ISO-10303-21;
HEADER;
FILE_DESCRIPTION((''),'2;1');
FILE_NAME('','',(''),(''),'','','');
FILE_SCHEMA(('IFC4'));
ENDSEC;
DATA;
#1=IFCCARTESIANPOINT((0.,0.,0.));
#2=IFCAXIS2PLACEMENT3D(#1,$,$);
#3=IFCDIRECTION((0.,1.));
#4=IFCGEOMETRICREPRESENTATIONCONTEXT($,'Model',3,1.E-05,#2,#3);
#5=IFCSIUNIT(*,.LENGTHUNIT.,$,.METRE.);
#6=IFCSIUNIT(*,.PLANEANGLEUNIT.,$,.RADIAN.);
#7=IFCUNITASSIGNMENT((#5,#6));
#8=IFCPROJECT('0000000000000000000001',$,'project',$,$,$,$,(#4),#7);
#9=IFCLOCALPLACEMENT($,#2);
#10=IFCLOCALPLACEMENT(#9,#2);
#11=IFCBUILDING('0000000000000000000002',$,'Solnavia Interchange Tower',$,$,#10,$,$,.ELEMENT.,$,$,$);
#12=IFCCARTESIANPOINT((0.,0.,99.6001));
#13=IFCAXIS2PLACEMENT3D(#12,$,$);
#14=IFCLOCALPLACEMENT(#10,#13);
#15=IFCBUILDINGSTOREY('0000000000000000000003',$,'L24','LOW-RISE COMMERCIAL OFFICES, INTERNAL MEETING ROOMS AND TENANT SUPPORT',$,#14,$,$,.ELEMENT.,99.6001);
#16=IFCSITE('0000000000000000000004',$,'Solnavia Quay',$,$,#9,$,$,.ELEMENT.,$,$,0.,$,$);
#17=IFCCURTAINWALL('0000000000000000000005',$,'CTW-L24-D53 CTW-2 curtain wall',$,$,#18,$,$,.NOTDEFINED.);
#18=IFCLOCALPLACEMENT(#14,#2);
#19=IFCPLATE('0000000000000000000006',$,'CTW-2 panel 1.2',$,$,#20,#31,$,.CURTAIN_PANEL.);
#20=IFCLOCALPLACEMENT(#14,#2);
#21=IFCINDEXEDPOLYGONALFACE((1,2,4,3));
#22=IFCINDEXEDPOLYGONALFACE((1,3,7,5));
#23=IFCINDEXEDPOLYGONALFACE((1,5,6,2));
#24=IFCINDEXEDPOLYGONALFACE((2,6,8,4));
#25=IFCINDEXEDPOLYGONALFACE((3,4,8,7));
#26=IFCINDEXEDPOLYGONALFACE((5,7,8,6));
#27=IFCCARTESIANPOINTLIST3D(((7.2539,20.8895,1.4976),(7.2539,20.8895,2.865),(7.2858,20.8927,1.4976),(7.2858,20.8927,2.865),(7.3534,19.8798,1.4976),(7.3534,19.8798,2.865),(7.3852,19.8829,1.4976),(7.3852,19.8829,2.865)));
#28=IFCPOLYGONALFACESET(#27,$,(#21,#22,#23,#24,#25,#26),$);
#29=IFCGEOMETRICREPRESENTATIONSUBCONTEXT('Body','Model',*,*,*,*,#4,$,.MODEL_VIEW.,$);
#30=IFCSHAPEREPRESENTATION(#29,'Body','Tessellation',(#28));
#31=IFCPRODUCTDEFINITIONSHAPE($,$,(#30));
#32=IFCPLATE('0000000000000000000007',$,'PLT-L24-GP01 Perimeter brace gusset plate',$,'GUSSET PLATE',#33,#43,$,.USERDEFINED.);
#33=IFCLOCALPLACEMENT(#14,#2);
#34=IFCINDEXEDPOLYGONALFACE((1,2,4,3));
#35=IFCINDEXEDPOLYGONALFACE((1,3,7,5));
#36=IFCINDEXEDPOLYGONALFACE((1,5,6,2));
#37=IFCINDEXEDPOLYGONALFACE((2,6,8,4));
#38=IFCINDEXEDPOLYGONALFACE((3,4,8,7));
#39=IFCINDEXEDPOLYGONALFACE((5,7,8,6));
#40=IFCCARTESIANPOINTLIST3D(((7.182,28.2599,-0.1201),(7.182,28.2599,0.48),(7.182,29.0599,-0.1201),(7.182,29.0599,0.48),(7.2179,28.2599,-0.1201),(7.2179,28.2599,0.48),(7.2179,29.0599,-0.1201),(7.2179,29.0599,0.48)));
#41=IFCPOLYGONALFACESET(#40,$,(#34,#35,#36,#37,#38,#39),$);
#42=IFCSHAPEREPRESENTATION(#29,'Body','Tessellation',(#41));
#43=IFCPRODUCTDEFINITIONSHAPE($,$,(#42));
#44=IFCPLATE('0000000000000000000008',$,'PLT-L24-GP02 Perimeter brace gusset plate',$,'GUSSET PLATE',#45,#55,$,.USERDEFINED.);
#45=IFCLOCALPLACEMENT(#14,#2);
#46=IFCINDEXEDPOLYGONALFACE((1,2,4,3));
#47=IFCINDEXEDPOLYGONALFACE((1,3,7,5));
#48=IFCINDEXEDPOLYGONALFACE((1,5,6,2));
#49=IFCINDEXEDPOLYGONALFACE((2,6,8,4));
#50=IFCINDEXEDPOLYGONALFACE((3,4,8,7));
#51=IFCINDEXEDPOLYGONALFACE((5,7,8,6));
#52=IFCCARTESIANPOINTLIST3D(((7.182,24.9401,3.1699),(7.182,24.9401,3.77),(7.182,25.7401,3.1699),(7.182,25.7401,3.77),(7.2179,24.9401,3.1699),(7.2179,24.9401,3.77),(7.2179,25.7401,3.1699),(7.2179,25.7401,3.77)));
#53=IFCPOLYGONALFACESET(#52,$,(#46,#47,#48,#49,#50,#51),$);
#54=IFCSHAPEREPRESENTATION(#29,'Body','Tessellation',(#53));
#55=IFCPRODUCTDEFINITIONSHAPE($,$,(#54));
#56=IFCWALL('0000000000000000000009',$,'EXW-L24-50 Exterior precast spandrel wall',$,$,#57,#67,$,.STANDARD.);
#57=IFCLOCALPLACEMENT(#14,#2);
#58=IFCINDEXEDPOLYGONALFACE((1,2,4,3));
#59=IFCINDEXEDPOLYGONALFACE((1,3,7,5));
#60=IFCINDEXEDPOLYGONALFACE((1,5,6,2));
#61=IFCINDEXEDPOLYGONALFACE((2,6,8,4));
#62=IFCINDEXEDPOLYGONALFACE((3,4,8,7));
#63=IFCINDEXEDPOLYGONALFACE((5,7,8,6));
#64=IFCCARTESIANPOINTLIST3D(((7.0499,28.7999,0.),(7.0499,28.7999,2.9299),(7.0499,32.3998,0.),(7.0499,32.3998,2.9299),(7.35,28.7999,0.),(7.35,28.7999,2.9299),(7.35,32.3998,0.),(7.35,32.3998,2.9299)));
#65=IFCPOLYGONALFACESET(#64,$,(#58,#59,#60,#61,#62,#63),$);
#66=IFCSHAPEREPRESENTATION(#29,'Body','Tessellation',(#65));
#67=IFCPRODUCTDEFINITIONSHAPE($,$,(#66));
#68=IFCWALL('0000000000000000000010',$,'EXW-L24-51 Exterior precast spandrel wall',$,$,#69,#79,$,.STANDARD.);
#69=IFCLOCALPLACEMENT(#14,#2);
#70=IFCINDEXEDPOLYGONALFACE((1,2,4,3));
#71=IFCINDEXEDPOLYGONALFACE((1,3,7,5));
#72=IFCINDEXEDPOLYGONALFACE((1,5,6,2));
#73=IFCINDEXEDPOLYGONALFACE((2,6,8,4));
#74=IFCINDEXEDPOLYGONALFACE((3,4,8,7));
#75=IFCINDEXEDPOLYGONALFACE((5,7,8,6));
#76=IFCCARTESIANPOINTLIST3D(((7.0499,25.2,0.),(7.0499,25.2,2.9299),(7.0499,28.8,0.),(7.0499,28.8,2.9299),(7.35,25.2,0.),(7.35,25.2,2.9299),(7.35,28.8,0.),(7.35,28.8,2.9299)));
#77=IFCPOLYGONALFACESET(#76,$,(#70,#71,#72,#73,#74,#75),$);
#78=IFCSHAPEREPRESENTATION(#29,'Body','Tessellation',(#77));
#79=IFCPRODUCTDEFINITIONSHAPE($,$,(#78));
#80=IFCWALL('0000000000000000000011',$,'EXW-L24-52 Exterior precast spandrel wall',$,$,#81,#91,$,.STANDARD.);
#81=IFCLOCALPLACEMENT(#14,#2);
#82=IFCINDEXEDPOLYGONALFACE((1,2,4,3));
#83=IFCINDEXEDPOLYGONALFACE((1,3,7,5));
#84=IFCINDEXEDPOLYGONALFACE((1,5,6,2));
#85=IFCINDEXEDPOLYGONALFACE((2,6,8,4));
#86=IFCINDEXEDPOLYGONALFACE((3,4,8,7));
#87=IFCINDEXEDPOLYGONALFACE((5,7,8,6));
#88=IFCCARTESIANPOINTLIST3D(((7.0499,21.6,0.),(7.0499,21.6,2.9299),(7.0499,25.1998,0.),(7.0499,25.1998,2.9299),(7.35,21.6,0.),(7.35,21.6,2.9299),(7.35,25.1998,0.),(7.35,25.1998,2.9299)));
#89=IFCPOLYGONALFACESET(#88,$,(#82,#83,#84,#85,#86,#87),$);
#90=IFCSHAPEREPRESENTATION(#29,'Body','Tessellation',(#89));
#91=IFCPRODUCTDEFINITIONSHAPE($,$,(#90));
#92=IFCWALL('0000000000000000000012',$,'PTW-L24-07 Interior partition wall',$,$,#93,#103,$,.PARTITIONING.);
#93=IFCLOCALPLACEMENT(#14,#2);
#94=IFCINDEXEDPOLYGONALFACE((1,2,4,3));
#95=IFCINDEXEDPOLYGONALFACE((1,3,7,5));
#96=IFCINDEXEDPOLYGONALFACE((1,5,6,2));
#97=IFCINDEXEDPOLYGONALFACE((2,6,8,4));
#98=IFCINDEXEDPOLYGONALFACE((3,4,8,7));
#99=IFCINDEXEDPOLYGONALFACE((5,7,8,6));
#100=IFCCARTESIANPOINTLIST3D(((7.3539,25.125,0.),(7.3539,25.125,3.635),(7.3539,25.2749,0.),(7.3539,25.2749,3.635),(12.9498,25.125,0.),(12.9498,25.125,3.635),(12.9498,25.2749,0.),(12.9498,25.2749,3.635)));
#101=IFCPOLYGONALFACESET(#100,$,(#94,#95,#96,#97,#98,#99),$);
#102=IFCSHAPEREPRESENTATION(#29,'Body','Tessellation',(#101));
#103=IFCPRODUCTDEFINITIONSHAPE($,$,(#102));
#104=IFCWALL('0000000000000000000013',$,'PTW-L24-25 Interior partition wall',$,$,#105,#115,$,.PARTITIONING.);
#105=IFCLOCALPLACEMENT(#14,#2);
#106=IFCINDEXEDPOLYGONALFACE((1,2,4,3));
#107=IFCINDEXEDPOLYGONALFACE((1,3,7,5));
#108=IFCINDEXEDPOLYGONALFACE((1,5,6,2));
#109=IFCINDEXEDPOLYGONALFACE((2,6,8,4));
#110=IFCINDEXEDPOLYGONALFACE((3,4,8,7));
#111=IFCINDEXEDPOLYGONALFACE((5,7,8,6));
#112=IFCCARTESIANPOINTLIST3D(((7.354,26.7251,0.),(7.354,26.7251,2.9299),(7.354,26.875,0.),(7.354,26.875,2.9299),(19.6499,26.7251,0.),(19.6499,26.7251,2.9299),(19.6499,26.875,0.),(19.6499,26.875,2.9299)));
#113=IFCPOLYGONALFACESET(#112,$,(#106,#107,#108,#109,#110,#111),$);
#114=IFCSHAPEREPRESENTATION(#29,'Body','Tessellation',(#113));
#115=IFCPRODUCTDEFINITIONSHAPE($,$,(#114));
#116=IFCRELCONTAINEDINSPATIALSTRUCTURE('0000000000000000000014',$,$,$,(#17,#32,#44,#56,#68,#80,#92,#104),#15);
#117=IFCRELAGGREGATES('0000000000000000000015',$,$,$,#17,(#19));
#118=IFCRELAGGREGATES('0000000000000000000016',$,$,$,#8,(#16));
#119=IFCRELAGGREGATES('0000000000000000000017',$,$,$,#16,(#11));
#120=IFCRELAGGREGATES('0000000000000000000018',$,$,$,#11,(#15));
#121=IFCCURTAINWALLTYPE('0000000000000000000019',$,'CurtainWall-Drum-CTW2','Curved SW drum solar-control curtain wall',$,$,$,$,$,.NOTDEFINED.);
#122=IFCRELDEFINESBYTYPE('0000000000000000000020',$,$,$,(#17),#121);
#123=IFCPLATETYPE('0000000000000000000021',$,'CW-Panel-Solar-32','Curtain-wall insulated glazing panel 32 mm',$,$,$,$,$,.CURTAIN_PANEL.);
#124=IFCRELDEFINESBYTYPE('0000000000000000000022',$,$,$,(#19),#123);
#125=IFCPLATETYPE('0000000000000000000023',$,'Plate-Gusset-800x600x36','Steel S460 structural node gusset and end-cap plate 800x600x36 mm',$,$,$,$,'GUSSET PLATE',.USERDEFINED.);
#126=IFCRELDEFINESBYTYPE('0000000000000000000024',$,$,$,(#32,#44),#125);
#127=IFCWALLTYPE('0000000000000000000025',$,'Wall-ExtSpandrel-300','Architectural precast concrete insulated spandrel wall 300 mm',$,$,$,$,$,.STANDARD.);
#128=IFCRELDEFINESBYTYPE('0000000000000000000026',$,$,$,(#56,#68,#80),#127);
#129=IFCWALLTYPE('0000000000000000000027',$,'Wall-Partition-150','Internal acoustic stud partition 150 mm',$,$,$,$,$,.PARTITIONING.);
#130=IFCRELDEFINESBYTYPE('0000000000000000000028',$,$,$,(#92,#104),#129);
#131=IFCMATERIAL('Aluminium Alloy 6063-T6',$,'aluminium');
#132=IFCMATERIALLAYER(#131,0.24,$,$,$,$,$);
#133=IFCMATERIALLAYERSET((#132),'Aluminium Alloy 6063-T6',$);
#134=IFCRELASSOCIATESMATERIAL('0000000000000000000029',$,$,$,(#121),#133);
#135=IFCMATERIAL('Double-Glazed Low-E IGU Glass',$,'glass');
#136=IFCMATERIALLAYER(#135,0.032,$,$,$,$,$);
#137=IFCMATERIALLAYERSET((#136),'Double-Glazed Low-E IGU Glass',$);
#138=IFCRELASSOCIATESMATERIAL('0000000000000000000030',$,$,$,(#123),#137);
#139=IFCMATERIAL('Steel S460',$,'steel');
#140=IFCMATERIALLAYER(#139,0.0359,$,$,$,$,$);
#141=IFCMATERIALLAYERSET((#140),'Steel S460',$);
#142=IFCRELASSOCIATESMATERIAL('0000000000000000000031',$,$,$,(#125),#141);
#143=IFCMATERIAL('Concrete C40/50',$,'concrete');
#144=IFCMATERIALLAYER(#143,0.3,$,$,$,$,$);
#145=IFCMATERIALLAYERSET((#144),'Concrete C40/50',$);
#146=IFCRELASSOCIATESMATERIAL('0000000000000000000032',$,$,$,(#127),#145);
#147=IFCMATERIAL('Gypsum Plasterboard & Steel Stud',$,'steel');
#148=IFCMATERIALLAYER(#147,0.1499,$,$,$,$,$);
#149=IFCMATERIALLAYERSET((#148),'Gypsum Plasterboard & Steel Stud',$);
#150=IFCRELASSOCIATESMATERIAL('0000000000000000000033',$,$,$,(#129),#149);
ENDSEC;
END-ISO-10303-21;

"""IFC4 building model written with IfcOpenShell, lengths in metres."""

from ifc_helpers import new_model, si_unit, direction, frame, frame_2d, origin, origin_2d, place, context, subcontext, project, spatial, rectangle, extrude, material, layer, layer_set, type_object, element, aggregate, save


model = new_model("IFC4")

# Units and contexts
model_context = context("Model", 3, precision=1e-05, world=origin(), true_north=direction((0.0, 1.0)))
body_context = subcontext(model_context, "Body", "Model", "MODEL_VIEW")
ifc_project = project(units=[si_unit("LENGTHUNIT", "METRE"), si_unit("PLANEANGLEUNIT", "RADIAN")], contexts=[model_context])

# Site, building, storey
site_placement = place(None, origin())
site = spatial("IfcSite", under=ifc_project, at=site_placement, Name="Solnavia Quay", CompositionType="ELEMENT", RefElevation=0.0)
building_placement = place(site_placement, origin())
building = spatial("IfcBuilding", under=site, at=building_placement, Name="Solnavia Interchange Tower", CompositionType="ELEMENT")
storey_placement = place(building_placement, frame((0.0, 0.0, 99.6001)))
storey = spatial("IfcBuildingStorey", under=building, at=storey_placement, Name="L24", Description="LOW-RISE COMMERCIAL OFFICES, INTERNAL MEETING ROOMS AND TENANT SUPPORT", CompositionType="ELEMENT", Elevation=99.6001)

# Shared definitions
ifc_material_1 = material(Name="Steel S460", Category="steel")

# Curtain wall, plate
ifc_material_2 = material(Name="Aluminium Alloy 6063-T6", Category="aluminium")
ifc_layer_1 = layer(ifc_material_2, 0.24)
ifc_layer_set_1 = layer_set([ifc_layer_1], Name="Aluminium Alloy 6063-T6")
curtain_wall_type = type_object("IfcCurtainWallType", Name="CurtainWall-Drum-CTW2", Description="Curved SW drum solar-control curtain wall", PredefinedType="NOTDEFINED", material=ifc_layer_set_1)
curtain_wall_placement = place(storey_placement, origin())
curtain_wall = element("IfcCurtainWall", 1, at=curtain_wall_placement, inside=storey, type_object=curtain_wall_type, Name="CTW-L24-D53 CTW-2 curtain wall", PredefinedType="NOTDEFINED")
ifc_material_3 = material(Name="Double-Glazed Low-E IGU Glass", Category="glass")
ifc_layer_2 = layer(ifc_material_3, 0.032)
ifc_layer_set_2 = layer_set([ifc_layer_2], Name="Double-Glazed Low-E IGU Glass")
plate_type_1 = type_object("IfcPlateType", Name="CW-Panel-Solar-32", Description="Curtain-wall insulated glazing panel 32 mm", PredefinedType="CURTAIN_PANEL", material=ifc_layer_set_2)
plate_1_placement = place(storey_placement, frame((7.3196, 20.3862, 1.4976), z_axis=(0.0, 0.0, 1.0), x_axis=(0.098045, -0.995182, 0.0)))
plate_1 = element("IfcPlate", 2, at=plate_1_placement, type_object=plate_type_1, Name="CTW-2 panel 1.2", PredefinedType="CURTAIN_PANEL", context=body_context, shape_type="SweptSolid", body=[
    extrude(rectangle(XDim=1.0146, YDim=0.032, at=origin_2d()), origin(), (0.0, 0.0, 1.0), 1.3674),
])
aggregate(curtain_wall, [plate_1])

# Plates
ifc_layer_3 = layer(ifc_material_1, 0.0359)
ifc_layer_set_3 = layer_set([ifc_layer_3], Name="Steel S460")
plate_type_2 = type_object("IfcPlateType", Name="Plate-Gusset-800x600x36", Description="Steel S460 structural node gusset and end-cap plate 800x600x36 mm", ElementType="GUSSET PLATE", PredefinedType="USERDEFINED", material=ifc_layer_set_3)
for number, where, z_axis, x_axis, name in (
    (3, (7.2, 28.6599, -0.1201), (0.0, 0.0, 1.0), (0.0, -1.0, 0.0), "PLT-L24-GP01 Perimeter brace gusset plate"),
    (4, (7.2, 25.3401, 3.1699), (0.0, 0.0, 1.0), (0.0, -1.0, 0.0), "PLT-L24-GP02 Perimeter brace gusset plate"),
):
    element("IfcPlate", number, at=place(storey_placement, frame(where, z_axis=z_axis, x_axis=x_axis)), inside=storey, type_object=plate_type_2, Name=name, ObjectType="GUSSET PLATE", PredefinedType="USERDEFINED", context=body_context, shape_type="SweptSolid", body=[
        extrude(rectangle(XDim=0.8, YDim=0.0359, at=origin_2d()), origin(), (0.0, 0.0, 1.0), 0.6001),
    ])

# Walls
ifc_material_4 = material(Name="Concrete C40/50", Category="concrete")
ifc_layer_4 = layer(ifc_material_4, 0.3)
ifc_layer_set_4 = layer_set([ifc_layer_4], Name="Concrete C40/50")
wall_type_1 = type_object("IfcWallType", Name="Wall-ExtSpandrel-300", Description="Architectural precast concrete insulated spandrel wall 300 mm", PredefinedType="STANDARD", material=ifc_layer_set_4)
wall_1_placement = place(storey_placement, frame((7.2, 28.8, 0.0), z_axis=(0.0, 0.0, 1.0), x_axis=(0.0, 1.0, 0.0)))
element("IfcWall", 5, at=wall_1_placement, inside=storey, type_object=wall_type_1, Name="EXW-L24-50 Exterior precast spandrel wall", PredefinedType="STANDARD", context=body_context, shape_type="SweptSolid", body=[
    extrude(rectangle(XDim=3.5999, YDim=0.3, at=frame_2d((1.7998, 0.0))), origin(), (0.0, 0.0, 1.0), 2.9299),
])
wall_2_placement = place(storey_placement, frame((7.2, 25.2, 0.0), z_axis=(0.0, 0.0, 1.0), x_axis=(0.0, 1.0, 0.0)))
element("IfcWall", 6, at=wall_2_placement, inside=storey, type_object=wall_type_1, Name="EXW-L24-51 Exterior precast spandrel wall", PredefinedType="STANDARD", context=body_context, shape_type="SweptSolid", body=[
    extrude(rectangle(XDim=3.6001, YDim=0.3, at=frame_2d((1.8, 0.0))), origin(), (0.0, 0.0, 1.0), 2.9299),
])
wall_3_placement = place(storey_placement, frame((7.2, 21.6001, 0.0), z_axis=(0.0, 0.0, 1.0), x_axis=(0.0, 1.0, 0.0)))
element("IfcWall", 7, at=wall_3_placement, inside=storey, type_object=wall_type_1, Name="EXW-L24-52 Exterior precast spandrel wall", PredefinedType="STANDARD", context=body_context, shape_type="SweptSolid", body=[
    extrude(rectangle(XDim=3.5999, YDim=0.3, at=frame_2d((1.7998, 0.0))), origin(), (0.0, 0.0, 1.0), 2.9299),
])
ifc_material_5 = material(Name="Gypsum Plasterboard & Steel Stud", Category="steel")
ifc_layer_5 = layer(ifc_material_5, 0.1499)
ifc_layer_set_5 = layer_set([ifc_layer_5], Name="Gypsum Plasterboard & Steel Stud")
wall_type_2 = type_object("IfcWallType", Name="Wall-Partition-150", Description="Internal acoustic stud partition 150 mm", PredefinedType="PARTITIONING", material=ifc_layer_set_5)
wall_4_placement = place(storey_placement, frame((7.354, 25.2, 0.0), z_axis=(0.0, 0.0, 1.0), x_axis=(1.0, 0.0, 0.0)))
element("IfcWall", 8, at=wall_4_placement, inside=storey, type_object=wall_type_2, Name="PTW-L24-07 Interior partition wall", PredefinedType="PARTITIONING", context=body_context, shape_type="SweptSolid", body=[
    extrude(rectangle(XDim=5.5959, YDim=0.1499, at=frame_2d((2.7979, 0.0))), origin(), (0.0, 0.0, 1.0), 3.635),
])
wall_5_placement = place(storey_placement, frame((7.354, 26.8, 0.0), z_axis=(0.0, 0.0, 1.0), x_axis=(1.0, 0.0, 0.0)))
element("IfcWall", 9, at=wall_5_placement, inside=storey, type_object=wall_type_2, Name="PTW-L24-25 Interior partition wall", PredefinedType="PARTITIONING", context=body_context, shape_type="SweptSolid", body=[
    extrude(rectangle(XDim=12.2959, YDim=0.1499, at=frame_2d((6.1479, 0.0))), origin(), (0.0, 0.0, 1.0), 2.9299),
])

save(model, "model.ifc")
